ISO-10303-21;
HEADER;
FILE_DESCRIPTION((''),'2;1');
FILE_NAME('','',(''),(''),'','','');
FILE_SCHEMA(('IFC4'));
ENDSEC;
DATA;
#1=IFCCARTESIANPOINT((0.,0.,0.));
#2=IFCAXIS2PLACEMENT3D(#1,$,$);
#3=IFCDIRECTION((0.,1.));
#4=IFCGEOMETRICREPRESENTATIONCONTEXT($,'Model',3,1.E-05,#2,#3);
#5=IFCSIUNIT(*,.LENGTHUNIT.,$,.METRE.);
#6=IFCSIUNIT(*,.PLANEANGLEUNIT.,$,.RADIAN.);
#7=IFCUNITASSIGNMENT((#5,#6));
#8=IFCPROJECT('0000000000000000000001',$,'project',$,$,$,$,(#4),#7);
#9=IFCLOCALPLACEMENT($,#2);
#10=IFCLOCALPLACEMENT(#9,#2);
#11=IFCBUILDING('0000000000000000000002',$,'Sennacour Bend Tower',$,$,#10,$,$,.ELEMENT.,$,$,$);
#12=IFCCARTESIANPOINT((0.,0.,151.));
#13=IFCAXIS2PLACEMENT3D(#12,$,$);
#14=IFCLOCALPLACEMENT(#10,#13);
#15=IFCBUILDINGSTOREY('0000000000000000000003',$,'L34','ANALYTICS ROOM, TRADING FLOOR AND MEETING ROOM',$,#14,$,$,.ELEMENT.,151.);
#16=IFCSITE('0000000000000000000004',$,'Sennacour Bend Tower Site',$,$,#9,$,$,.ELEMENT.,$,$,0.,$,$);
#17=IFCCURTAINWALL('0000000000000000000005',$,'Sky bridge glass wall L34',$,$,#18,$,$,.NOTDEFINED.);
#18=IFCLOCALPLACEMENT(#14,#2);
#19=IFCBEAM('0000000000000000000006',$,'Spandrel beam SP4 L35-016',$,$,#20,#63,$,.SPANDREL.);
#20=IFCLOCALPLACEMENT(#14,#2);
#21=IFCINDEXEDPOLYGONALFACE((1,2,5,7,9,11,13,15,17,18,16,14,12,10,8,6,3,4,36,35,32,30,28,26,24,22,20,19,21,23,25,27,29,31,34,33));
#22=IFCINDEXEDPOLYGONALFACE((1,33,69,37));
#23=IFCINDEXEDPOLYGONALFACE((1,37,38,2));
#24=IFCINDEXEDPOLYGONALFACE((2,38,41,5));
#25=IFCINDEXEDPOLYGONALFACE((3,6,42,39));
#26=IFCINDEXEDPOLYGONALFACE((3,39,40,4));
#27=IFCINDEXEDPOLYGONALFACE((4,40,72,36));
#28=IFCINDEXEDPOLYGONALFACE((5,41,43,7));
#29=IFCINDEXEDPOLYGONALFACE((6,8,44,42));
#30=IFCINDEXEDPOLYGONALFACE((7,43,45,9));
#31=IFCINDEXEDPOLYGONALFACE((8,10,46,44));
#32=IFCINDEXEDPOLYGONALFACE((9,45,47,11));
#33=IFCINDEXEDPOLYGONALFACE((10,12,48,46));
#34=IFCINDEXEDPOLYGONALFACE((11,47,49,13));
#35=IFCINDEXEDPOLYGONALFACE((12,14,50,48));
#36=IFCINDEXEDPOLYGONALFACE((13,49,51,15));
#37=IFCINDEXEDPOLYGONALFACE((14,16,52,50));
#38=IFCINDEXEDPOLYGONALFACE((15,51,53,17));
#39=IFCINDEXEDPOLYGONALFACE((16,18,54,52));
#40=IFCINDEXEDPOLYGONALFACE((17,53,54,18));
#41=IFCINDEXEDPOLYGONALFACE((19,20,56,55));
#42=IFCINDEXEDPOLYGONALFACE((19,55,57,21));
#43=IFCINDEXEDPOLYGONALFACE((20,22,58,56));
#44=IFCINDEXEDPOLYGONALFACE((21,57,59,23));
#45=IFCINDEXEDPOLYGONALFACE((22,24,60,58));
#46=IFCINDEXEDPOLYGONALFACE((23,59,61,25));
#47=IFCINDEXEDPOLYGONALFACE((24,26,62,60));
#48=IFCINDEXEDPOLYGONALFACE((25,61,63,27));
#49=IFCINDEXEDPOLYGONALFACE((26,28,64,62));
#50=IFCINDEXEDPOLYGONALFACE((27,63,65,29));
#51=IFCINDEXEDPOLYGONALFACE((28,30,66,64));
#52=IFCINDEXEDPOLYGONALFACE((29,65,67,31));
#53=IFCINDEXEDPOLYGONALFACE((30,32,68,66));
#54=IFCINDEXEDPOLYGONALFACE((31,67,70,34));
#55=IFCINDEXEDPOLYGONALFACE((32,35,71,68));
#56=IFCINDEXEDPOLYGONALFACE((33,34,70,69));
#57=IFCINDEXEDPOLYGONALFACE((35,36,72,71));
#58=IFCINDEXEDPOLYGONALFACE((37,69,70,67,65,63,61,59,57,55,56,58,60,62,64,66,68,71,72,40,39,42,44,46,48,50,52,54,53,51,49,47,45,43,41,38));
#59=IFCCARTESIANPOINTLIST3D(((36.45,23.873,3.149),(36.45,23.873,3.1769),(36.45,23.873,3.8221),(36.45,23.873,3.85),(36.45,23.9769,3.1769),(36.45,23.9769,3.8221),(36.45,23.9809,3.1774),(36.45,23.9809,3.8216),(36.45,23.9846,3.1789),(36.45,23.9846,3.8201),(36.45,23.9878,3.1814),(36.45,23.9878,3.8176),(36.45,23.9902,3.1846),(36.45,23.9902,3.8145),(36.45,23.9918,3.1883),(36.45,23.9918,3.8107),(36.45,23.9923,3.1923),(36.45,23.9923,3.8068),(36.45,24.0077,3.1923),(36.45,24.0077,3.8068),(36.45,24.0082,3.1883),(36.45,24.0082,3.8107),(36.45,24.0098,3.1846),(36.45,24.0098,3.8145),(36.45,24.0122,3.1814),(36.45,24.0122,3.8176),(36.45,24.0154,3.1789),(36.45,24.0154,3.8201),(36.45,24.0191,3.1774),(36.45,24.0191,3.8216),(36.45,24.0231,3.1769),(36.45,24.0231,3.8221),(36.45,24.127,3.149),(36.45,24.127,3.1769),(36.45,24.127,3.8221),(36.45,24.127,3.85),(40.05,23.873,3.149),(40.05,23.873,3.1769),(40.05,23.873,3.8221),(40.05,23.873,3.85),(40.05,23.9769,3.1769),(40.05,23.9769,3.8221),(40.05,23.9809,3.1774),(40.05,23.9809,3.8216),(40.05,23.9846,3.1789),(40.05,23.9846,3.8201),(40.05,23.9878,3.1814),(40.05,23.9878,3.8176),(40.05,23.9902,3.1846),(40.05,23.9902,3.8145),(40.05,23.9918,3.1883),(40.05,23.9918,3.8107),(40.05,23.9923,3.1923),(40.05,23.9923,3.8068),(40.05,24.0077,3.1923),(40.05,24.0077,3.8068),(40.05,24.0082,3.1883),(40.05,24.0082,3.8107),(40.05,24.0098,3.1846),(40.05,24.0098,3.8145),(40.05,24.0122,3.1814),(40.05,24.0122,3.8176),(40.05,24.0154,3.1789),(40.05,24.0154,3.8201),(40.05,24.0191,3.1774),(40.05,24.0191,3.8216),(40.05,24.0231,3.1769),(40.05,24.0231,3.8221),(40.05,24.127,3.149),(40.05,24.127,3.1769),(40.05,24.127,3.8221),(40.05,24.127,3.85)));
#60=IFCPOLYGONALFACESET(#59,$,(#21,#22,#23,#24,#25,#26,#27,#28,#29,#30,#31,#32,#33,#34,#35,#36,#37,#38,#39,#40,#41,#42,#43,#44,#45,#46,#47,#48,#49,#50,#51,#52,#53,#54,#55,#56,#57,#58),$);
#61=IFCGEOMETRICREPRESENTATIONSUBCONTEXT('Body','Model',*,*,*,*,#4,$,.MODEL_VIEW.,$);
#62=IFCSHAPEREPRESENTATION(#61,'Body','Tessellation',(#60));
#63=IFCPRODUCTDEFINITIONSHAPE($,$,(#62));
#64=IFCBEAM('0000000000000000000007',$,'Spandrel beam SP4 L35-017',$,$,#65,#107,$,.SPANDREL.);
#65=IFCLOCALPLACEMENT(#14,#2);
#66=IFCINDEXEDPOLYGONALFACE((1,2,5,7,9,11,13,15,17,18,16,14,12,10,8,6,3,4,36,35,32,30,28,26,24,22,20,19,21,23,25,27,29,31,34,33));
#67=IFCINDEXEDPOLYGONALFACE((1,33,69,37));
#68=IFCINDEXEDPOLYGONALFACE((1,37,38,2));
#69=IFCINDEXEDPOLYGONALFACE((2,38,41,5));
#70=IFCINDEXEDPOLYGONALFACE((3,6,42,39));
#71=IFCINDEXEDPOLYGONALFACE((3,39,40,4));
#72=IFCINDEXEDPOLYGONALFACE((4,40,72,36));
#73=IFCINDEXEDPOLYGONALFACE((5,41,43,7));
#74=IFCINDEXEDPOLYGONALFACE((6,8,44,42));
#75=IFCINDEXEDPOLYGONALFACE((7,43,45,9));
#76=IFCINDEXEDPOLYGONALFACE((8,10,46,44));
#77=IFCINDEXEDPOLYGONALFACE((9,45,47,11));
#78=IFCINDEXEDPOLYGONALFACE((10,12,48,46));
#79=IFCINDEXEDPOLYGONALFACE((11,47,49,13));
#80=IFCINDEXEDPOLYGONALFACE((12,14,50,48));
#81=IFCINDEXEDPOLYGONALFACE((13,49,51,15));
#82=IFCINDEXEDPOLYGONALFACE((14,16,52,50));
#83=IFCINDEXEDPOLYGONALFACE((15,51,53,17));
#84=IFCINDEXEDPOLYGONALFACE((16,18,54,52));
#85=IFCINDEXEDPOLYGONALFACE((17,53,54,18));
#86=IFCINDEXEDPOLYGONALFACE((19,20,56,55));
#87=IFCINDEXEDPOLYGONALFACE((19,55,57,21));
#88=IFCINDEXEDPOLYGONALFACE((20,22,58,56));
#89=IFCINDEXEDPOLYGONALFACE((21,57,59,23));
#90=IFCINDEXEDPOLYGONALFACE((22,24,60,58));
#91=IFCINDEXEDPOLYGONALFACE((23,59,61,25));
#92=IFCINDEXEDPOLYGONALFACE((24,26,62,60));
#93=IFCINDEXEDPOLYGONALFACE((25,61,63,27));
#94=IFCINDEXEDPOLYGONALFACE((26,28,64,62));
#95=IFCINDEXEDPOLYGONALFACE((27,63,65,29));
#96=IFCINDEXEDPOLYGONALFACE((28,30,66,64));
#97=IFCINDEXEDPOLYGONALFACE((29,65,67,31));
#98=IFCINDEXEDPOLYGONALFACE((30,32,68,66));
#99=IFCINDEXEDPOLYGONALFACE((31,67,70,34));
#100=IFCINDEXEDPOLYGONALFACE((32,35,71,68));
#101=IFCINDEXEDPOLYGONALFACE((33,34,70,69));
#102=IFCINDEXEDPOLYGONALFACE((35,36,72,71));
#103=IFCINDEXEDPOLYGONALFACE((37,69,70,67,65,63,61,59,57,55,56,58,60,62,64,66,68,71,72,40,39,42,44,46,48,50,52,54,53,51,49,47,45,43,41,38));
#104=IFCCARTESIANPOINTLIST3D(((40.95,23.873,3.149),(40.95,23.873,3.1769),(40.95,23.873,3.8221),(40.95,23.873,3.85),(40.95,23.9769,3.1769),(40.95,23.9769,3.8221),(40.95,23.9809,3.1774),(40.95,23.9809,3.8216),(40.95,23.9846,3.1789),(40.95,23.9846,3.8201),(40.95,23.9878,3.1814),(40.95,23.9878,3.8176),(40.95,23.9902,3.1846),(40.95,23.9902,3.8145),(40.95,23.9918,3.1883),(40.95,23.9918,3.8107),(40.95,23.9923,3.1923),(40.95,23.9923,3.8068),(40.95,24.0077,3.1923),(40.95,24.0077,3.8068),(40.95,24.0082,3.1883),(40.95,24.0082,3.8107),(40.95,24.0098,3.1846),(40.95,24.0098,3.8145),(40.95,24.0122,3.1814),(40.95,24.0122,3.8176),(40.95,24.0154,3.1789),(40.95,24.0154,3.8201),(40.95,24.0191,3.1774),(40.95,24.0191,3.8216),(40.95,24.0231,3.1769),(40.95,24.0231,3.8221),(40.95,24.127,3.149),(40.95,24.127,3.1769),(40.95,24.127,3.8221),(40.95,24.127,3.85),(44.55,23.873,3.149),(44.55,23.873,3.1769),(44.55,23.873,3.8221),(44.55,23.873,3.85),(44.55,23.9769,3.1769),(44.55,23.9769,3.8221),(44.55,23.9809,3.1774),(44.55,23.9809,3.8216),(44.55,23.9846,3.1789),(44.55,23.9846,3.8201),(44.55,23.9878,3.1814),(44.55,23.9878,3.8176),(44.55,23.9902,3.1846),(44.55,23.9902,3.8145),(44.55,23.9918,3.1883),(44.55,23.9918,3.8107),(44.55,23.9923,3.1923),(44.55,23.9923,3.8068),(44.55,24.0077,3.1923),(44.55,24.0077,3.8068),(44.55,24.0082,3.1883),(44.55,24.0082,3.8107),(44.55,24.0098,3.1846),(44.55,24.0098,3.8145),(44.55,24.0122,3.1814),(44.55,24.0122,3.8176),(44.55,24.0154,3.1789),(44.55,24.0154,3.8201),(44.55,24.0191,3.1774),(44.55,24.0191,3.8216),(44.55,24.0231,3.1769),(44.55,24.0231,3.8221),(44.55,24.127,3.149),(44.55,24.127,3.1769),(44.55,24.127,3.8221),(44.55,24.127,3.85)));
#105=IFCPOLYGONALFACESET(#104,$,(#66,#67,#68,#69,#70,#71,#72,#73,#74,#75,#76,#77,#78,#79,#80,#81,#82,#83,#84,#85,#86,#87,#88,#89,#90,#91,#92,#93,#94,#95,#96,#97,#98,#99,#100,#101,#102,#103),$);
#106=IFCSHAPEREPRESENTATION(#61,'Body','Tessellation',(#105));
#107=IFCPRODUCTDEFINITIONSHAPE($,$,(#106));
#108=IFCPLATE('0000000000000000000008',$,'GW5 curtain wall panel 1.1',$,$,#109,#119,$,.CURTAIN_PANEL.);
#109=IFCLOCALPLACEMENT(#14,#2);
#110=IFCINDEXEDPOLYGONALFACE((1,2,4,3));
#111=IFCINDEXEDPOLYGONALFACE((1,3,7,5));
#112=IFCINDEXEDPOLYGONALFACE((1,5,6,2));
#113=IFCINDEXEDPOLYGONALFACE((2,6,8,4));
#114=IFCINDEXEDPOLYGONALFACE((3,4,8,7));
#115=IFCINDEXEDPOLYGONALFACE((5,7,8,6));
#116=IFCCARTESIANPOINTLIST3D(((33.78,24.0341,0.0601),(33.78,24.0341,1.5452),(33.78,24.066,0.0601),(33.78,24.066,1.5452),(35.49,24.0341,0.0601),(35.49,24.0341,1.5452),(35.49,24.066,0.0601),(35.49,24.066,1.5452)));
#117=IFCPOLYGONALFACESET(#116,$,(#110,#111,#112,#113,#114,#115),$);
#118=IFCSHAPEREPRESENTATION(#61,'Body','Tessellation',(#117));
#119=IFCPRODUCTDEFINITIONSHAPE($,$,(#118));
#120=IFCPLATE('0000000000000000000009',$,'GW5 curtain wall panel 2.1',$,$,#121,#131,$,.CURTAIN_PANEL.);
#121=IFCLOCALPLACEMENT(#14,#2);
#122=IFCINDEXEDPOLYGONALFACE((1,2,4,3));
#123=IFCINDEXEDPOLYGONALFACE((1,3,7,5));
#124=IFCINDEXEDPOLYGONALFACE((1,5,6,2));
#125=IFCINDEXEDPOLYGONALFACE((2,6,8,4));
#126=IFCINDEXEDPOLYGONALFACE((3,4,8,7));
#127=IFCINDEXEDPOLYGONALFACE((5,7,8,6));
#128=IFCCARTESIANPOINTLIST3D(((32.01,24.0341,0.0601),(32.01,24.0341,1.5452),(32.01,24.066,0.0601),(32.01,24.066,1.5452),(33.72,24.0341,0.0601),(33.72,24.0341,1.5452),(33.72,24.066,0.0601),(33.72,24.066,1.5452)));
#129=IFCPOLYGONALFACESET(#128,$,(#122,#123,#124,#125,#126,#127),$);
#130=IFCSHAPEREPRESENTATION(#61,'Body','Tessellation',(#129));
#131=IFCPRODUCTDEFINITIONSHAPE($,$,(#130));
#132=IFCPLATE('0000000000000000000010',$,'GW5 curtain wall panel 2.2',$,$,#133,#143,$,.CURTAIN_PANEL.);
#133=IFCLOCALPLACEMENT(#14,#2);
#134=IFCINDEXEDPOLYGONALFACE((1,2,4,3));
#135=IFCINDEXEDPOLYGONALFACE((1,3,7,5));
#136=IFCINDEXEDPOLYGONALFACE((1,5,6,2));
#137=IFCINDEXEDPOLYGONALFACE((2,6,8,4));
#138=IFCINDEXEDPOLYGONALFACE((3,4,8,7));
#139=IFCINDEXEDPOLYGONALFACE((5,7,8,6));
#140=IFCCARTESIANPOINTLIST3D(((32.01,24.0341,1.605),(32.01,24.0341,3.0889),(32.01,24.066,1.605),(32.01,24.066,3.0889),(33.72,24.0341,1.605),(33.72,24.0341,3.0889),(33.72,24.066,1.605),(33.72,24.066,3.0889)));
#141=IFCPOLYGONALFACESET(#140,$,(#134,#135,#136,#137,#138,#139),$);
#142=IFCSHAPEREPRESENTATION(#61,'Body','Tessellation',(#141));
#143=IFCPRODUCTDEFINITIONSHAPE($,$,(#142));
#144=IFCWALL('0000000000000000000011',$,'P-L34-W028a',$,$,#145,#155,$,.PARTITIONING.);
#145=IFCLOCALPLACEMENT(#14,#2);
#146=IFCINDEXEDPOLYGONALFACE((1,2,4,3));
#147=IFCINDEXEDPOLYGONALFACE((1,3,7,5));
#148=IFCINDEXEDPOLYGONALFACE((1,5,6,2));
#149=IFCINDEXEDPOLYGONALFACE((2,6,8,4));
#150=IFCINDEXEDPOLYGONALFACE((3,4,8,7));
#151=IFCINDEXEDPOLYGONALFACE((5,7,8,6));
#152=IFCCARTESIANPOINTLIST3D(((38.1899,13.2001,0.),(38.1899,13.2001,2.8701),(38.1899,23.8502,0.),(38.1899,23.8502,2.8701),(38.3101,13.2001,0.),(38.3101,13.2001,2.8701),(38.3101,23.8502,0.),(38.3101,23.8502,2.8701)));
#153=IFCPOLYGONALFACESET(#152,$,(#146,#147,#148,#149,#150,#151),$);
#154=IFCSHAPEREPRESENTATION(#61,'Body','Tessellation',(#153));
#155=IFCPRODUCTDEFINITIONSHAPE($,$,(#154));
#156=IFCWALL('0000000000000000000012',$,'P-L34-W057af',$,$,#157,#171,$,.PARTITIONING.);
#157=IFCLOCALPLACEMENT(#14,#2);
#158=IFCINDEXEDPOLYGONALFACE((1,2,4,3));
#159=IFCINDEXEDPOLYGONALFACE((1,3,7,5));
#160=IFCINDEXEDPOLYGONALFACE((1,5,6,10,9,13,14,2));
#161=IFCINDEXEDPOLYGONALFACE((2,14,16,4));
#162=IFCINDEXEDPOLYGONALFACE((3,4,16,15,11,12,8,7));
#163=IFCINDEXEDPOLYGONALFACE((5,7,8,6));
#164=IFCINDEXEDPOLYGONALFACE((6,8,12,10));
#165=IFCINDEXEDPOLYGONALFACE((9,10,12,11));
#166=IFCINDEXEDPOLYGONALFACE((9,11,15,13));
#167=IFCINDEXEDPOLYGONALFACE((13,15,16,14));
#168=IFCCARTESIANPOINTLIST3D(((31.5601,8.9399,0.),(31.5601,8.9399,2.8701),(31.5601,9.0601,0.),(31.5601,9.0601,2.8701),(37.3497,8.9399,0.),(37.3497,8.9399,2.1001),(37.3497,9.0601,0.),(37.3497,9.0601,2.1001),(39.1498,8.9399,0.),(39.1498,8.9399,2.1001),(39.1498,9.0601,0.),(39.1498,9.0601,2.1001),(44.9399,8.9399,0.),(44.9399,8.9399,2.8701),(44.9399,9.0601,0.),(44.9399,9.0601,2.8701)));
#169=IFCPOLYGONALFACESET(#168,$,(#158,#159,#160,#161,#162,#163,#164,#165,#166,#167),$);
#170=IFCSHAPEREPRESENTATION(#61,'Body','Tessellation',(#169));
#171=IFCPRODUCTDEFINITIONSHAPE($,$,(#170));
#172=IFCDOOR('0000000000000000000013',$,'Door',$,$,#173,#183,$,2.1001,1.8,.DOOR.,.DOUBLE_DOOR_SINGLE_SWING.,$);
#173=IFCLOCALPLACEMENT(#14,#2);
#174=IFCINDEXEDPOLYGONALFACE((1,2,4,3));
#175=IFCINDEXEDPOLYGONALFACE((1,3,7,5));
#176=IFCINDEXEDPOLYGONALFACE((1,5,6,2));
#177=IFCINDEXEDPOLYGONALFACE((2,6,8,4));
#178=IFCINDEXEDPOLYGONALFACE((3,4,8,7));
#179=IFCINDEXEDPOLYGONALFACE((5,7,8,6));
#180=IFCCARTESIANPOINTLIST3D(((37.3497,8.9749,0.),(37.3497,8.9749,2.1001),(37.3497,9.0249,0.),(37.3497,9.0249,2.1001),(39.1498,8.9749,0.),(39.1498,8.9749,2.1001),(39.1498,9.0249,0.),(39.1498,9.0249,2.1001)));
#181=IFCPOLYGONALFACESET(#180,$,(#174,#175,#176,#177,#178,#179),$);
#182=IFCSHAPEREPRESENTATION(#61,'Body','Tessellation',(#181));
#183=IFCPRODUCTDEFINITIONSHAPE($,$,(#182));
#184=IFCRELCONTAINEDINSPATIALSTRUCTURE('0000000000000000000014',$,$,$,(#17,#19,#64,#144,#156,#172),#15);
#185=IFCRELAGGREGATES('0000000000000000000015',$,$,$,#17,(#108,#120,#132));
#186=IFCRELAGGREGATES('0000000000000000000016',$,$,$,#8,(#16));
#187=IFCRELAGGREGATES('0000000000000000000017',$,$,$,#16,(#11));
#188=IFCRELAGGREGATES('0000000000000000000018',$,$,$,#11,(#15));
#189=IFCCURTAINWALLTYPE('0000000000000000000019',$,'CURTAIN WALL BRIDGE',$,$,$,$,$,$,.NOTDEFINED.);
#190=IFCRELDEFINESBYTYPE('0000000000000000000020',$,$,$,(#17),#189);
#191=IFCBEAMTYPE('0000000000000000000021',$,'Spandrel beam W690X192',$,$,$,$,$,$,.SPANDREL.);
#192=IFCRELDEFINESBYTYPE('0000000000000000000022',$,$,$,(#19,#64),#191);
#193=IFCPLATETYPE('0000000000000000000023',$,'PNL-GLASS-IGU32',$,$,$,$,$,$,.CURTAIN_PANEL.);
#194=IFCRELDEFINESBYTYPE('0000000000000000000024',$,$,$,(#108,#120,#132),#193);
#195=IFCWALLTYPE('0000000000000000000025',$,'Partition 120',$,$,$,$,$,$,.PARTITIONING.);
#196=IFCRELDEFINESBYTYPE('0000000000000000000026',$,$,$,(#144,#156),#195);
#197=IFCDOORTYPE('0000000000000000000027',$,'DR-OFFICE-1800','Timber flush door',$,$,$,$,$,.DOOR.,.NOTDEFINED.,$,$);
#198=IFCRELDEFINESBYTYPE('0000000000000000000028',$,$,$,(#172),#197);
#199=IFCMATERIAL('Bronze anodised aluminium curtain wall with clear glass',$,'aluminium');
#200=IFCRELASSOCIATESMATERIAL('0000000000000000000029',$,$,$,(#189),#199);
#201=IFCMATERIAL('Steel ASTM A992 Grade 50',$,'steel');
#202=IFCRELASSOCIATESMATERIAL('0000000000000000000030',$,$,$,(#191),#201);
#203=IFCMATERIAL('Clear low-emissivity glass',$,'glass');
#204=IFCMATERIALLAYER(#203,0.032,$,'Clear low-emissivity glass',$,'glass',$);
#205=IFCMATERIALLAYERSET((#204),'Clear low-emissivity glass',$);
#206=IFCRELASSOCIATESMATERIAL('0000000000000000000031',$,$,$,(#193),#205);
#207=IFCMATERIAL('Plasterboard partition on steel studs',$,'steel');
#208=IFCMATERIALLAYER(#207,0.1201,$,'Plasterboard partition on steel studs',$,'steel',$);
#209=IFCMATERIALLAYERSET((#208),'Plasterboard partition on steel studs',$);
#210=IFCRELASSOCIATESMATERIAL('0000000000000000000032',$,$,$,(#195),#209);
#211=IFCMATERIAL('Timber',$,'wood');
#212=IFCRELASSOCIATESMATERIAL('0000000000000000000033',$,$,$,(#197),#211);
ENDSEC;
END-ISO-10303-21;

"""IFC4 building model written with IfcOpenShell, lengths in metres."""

from ifc_helpers import new_model, si_unit, direction, frame, frame_2d, origin, origin_2d, place, context, subcontext, project, spatial, rectangle, i_section, extrude, material, layer, layer_set, material_profile, profile_set, type_object, element, fill, aggregate, save


model = new_model("IFC4")

# Units and contexts
model_context = context("Model", 3, precision=1e-05, world=origin(), true_north=direction((0.0, 1.0)))
body_context = subcontext(model_context, "Body", "Model", "MODEL_VIEW")
ifc_project = project(units=[si_unit("LENGTHUNIT", "METRE"), si_unit("PLANEANGLEUNIT", "RADIAN")], contexts=[model_context])

# Site, building, storey
site_placement = place(None, origin())
site = spatial("IfcSite", under=ifc_project, at=site_placement, Name="Sennacour Bend Tower Site", CompositionType="ELEMENT", RefElevation=0.0)
building_placement = place(site_placement, origin())
building = spatial("IfcBuilding", under=site, at=building_placement, Name="Sennacour Bend Tower", CompositionType="ELEMENT")
storey_placement = place(building_placement, frame((0.0, 0.0, 151.0)))
storey = spatial("IfcBuildingStorey", under=building, at=storey_placement, Name="L34", Description="ANALYTICS ROOM, TRADING FLOOR AND MEETING ROOM", CompositionType="ELEMENT", Elevation=151.0)

# Curtain wall
ifc_material_1 = material(Name="Bronze anodised aluminium curtain wall with clear glass", Category="aluminium")
curtain_wall_type = type_object("IfcCurtainWallType", Name="CURTAIN WALL BRIDGE", PredefinedType="NOTDEFINED", material=ifc_material_1)
curtain_wall_placement = place(storey_placement, origin())
curtain_wall = element("IfcCurtainWall", 1, at=curtain_wall_placement, inside=storey, type_object=curtain_wall_type, Name="Sky bridge glass wall L34", PredefinedType="NOTDEFINED")

# Beams
ifc_material_2 = material(Name="Steel ASTM A992 Grade 50", Category="steel")
ifc_material_profile_1 = material_profile(ifc_material_2, i_section(OverallWidth=0.2539, OverallDepth=0.7009, WebThickness=0.0154, FlangeThickness=0.0278, FilletRadius=0.0154, at=origin_2d()), Name="Steel ASTM A992 Grade 50", Category="steel")
ifc_profile_set_1 = profile_set([ifc_material_profile_1], Name="Steel ASTM A992 Grade 50")
beam_type_1 = type_object("IfcBeamType", Name="Spandrel beam W690X192", PredefinedType="SPANDREL", material=ifc_profile_set_1)
for number, where, z_axis, x_axis, name in (
    (2, (36.45, 24.0, 3.4995), (1.0, 0.0, 0.0), (0.0, 1.0, 0.0), "Spandrel beam SP4 L35-016"),
    (3, (40.95, 24.0, 3.4995), (1.0, 0.0, 0.0), (0.0, 1.0, 0.0), "Spandrel beam SP4 L35-017"),
):
    element("IfcBeam", number, at=place(storey_placement, frame(where, z_axis=z_axis, x_axis=x_axis)), inside=storey, type_object=beam_type_1, Name=name, PredefinedType="SPANDREL", context=body_context, shape_type="SweptSolid", body=[
        extrude(i_section(OverallWidth=0.2539, OverallDepth=0.7009, WebThickness=0.0154, FlangeThickness=0.0278, FilletRadius=0.0154, at=origin_2d()), origin(), (0.0, 0.0, 1.0), 3.6001),
    ])

# Plates
ifc_material_3 = material(Name="Clear low-emissivity glass", Category="glass")
ifc_layer_1 = layer(ifc_material_3, 0.032, Name="Clear low-emissivity glass", Category="glass")
ifc_layer_set_1 = layer_set([ifc_layer_1], Name="Clear low-emissivity glass")
plate_type = type_object("IfcPlateType", Name="PNL-GLASS-IGU32", PredefinedType="CURTAIN_PANEL", material=ifc_layer_set_1)
plate_1_placement = place(storey_placement, frame((34.635, 24.05, 0.0601), z_axis=(0.0, 0.0, 1.0), x_axis=(-1.0, 0.0, 0.0)))
plate_1 = element("IfcPlate", 4, at=plate_1_placement, type_object=plate_type, Name="GW5 curtain wall panel 1.1", PredefinedType="CURTAIN_PANEL", context=body_context, shape_type="SweptSolid", body=[
    extrude(rectangle(XDim=1.71, YDim=0.032, at=origin_2d()), origin(), (0.0, 0.0, 1.0), 1.4851),
])
plate_2_placement = place(storey_placement, frame((32.865, 24.05, 0.0601), z_axis=(0.0, 0.0, 1.0), x_axis=(-1.0, 0.0, 0.0)))
plate_2 = element("IfcPlate", 5, at=plate_2_placement, type_object=plate_type, Name="GW5 curtain wall panel 2.1", PredefinedType="CURTAIN_PANEL", context=body_context, shape_type="SweptSolid", body=[
    extrude(rectangle(XDim=1.71, YDim=0.032, at=origin_2d()), origin(), (0.0, 0.0, 1.0), 1.4851),
])
plate_3_placement = place(storey_placement, frame((32.865, 24.05, 1.605), z_axis=(0.0, 0.0, 1.0), x_axis=(-1.0, 0.0, 0.0)))
plate_3 = element("IfcPlate", 6, at=plate_3_placement, type_object=plate_type, Name="GW5 curtain wall panel 2.2", PredefinedType="CURTAIN_PANEL", context=body_context, shape_type="SweptSolid", body=[
    extrude(rectangle(XDim=1.71, YDim=0.032, at=origin_2d()), origin(), (0.0, 0.0, 1.0), 1.4839),
])
aggregate(curtain_wall, [plate_1, plate_2, plate_3])

# Wall
ifc_material_4 = material(Name="Plasterboard partition on steel studs", Category="steel")
ifc_layer_2 = layer(ifc_material_4, 0.1201, Name="Plasterboard partition on steel studs", Category="steel")
ifc_layer_set_2 = layer_set([ifc_layer_2], Name="Plasterboard partition on steel studs")
wall_type_1 = type_object("IfcWallType", Name="Partition 120", PredefinedType="PARTITIONING", material=ifc_layer_set_2)
wall_1_placement = place(storey_placement, frame((38.25, 13.2, 0.0), z_axis=(0.0, 0.0, 1.0), x_axis=(0.0, 1.0, 0.0)))
element("IfcWall", 7, at=wall_1_placement, inside=storey, type_object=wall_type_1, Name="P-L34-W028a", PredefinedType="PARTITIONING", context=body_context, shape_type="SweptSolid", body=[
    extrude(rectangle(XDim=10.6501, YDim=0.1201, at=frame_2d((5.3252, 0.0))), origin(), (0.0, 0.0, 1.0), 2.8701),
])

# Wall, opening, door
wall_2_placement = place(storey_placement, frame((31.5601, 9.0, 0.0), z_axis=(0.0, 0.0, 1.0), x_axis=(1.0, 0.0, 0.0)))
wall_2 = element("IfcWall", 8, at=wall_2_placement, inside=storey, type_object=wall_type_1, Name="P-L34-W057af", PredefinedType="PARTITIONING", context=body_context, shape_type="SweptSolid", body=[
    extrude(rectangle(XDim=13.3799, YDim=0.1201, at=frame_2d((6.6899, 0.0))), origin(), (0.0, 0.0, 1.0), 2.8701),
])
opening_1_placement = place(wall_2_placement, frame((5.7898, 0.0, 0.0)))
opening_1 = element("IfcOpeningElement", 9, at=opening_1_placement, cuts=wall_2, PredefinedType="OPENING", context=body_context, shape_type="SweptSolid", body=[
    extrude(rectangle(XDim=1.8, YDim=2.1001, at=frame_2d((0.8999, 1.05))), frame((0.0, 0.0701, 0.0), z_axis=(0.0, -1.0, 0.0), x_axis=(1.0, 0.0, 0.0)), (0.0, 0.0, 1.0), 0.1401),
])
ifc_material_5 = material(Name="Timber", Category="wood")
door_type_1 = type_object("IfcDoorType", Name="DR-OFFICE-1800", Description="Timber flush door", OperationType="NOTDEFINED", PredefinedType="DOOR", material=ifc_material_5)
door_1_placement = place(opening_1_placement, origin())
door_1 = element("IfcDoor", 10, at=door_1_placement, inside=storey, type_object=door_type_1, Name="Door", OperationType="DOUBLE_DOOR_SINGLE_SWING", OverallHeight=2.1001, OverallWidth=1.8, PredefinedType="DOOR", context=body_context, shape_type="SweptSolid", body=[
    extrude(rectangle(XDim=1.8, YDim=2.1001, at=frame_2d((0.8999, 1.05))), frame((0.0, 0.0249, 0.0), z_axis=(0.0, -1.0, 0.0), x_axis=(1.0, 0.0, 0.0)), (0.0, 0.0, 1.0), 0.05),
])
fill(opening_1, door_1)

save(model, "model.ifc")
